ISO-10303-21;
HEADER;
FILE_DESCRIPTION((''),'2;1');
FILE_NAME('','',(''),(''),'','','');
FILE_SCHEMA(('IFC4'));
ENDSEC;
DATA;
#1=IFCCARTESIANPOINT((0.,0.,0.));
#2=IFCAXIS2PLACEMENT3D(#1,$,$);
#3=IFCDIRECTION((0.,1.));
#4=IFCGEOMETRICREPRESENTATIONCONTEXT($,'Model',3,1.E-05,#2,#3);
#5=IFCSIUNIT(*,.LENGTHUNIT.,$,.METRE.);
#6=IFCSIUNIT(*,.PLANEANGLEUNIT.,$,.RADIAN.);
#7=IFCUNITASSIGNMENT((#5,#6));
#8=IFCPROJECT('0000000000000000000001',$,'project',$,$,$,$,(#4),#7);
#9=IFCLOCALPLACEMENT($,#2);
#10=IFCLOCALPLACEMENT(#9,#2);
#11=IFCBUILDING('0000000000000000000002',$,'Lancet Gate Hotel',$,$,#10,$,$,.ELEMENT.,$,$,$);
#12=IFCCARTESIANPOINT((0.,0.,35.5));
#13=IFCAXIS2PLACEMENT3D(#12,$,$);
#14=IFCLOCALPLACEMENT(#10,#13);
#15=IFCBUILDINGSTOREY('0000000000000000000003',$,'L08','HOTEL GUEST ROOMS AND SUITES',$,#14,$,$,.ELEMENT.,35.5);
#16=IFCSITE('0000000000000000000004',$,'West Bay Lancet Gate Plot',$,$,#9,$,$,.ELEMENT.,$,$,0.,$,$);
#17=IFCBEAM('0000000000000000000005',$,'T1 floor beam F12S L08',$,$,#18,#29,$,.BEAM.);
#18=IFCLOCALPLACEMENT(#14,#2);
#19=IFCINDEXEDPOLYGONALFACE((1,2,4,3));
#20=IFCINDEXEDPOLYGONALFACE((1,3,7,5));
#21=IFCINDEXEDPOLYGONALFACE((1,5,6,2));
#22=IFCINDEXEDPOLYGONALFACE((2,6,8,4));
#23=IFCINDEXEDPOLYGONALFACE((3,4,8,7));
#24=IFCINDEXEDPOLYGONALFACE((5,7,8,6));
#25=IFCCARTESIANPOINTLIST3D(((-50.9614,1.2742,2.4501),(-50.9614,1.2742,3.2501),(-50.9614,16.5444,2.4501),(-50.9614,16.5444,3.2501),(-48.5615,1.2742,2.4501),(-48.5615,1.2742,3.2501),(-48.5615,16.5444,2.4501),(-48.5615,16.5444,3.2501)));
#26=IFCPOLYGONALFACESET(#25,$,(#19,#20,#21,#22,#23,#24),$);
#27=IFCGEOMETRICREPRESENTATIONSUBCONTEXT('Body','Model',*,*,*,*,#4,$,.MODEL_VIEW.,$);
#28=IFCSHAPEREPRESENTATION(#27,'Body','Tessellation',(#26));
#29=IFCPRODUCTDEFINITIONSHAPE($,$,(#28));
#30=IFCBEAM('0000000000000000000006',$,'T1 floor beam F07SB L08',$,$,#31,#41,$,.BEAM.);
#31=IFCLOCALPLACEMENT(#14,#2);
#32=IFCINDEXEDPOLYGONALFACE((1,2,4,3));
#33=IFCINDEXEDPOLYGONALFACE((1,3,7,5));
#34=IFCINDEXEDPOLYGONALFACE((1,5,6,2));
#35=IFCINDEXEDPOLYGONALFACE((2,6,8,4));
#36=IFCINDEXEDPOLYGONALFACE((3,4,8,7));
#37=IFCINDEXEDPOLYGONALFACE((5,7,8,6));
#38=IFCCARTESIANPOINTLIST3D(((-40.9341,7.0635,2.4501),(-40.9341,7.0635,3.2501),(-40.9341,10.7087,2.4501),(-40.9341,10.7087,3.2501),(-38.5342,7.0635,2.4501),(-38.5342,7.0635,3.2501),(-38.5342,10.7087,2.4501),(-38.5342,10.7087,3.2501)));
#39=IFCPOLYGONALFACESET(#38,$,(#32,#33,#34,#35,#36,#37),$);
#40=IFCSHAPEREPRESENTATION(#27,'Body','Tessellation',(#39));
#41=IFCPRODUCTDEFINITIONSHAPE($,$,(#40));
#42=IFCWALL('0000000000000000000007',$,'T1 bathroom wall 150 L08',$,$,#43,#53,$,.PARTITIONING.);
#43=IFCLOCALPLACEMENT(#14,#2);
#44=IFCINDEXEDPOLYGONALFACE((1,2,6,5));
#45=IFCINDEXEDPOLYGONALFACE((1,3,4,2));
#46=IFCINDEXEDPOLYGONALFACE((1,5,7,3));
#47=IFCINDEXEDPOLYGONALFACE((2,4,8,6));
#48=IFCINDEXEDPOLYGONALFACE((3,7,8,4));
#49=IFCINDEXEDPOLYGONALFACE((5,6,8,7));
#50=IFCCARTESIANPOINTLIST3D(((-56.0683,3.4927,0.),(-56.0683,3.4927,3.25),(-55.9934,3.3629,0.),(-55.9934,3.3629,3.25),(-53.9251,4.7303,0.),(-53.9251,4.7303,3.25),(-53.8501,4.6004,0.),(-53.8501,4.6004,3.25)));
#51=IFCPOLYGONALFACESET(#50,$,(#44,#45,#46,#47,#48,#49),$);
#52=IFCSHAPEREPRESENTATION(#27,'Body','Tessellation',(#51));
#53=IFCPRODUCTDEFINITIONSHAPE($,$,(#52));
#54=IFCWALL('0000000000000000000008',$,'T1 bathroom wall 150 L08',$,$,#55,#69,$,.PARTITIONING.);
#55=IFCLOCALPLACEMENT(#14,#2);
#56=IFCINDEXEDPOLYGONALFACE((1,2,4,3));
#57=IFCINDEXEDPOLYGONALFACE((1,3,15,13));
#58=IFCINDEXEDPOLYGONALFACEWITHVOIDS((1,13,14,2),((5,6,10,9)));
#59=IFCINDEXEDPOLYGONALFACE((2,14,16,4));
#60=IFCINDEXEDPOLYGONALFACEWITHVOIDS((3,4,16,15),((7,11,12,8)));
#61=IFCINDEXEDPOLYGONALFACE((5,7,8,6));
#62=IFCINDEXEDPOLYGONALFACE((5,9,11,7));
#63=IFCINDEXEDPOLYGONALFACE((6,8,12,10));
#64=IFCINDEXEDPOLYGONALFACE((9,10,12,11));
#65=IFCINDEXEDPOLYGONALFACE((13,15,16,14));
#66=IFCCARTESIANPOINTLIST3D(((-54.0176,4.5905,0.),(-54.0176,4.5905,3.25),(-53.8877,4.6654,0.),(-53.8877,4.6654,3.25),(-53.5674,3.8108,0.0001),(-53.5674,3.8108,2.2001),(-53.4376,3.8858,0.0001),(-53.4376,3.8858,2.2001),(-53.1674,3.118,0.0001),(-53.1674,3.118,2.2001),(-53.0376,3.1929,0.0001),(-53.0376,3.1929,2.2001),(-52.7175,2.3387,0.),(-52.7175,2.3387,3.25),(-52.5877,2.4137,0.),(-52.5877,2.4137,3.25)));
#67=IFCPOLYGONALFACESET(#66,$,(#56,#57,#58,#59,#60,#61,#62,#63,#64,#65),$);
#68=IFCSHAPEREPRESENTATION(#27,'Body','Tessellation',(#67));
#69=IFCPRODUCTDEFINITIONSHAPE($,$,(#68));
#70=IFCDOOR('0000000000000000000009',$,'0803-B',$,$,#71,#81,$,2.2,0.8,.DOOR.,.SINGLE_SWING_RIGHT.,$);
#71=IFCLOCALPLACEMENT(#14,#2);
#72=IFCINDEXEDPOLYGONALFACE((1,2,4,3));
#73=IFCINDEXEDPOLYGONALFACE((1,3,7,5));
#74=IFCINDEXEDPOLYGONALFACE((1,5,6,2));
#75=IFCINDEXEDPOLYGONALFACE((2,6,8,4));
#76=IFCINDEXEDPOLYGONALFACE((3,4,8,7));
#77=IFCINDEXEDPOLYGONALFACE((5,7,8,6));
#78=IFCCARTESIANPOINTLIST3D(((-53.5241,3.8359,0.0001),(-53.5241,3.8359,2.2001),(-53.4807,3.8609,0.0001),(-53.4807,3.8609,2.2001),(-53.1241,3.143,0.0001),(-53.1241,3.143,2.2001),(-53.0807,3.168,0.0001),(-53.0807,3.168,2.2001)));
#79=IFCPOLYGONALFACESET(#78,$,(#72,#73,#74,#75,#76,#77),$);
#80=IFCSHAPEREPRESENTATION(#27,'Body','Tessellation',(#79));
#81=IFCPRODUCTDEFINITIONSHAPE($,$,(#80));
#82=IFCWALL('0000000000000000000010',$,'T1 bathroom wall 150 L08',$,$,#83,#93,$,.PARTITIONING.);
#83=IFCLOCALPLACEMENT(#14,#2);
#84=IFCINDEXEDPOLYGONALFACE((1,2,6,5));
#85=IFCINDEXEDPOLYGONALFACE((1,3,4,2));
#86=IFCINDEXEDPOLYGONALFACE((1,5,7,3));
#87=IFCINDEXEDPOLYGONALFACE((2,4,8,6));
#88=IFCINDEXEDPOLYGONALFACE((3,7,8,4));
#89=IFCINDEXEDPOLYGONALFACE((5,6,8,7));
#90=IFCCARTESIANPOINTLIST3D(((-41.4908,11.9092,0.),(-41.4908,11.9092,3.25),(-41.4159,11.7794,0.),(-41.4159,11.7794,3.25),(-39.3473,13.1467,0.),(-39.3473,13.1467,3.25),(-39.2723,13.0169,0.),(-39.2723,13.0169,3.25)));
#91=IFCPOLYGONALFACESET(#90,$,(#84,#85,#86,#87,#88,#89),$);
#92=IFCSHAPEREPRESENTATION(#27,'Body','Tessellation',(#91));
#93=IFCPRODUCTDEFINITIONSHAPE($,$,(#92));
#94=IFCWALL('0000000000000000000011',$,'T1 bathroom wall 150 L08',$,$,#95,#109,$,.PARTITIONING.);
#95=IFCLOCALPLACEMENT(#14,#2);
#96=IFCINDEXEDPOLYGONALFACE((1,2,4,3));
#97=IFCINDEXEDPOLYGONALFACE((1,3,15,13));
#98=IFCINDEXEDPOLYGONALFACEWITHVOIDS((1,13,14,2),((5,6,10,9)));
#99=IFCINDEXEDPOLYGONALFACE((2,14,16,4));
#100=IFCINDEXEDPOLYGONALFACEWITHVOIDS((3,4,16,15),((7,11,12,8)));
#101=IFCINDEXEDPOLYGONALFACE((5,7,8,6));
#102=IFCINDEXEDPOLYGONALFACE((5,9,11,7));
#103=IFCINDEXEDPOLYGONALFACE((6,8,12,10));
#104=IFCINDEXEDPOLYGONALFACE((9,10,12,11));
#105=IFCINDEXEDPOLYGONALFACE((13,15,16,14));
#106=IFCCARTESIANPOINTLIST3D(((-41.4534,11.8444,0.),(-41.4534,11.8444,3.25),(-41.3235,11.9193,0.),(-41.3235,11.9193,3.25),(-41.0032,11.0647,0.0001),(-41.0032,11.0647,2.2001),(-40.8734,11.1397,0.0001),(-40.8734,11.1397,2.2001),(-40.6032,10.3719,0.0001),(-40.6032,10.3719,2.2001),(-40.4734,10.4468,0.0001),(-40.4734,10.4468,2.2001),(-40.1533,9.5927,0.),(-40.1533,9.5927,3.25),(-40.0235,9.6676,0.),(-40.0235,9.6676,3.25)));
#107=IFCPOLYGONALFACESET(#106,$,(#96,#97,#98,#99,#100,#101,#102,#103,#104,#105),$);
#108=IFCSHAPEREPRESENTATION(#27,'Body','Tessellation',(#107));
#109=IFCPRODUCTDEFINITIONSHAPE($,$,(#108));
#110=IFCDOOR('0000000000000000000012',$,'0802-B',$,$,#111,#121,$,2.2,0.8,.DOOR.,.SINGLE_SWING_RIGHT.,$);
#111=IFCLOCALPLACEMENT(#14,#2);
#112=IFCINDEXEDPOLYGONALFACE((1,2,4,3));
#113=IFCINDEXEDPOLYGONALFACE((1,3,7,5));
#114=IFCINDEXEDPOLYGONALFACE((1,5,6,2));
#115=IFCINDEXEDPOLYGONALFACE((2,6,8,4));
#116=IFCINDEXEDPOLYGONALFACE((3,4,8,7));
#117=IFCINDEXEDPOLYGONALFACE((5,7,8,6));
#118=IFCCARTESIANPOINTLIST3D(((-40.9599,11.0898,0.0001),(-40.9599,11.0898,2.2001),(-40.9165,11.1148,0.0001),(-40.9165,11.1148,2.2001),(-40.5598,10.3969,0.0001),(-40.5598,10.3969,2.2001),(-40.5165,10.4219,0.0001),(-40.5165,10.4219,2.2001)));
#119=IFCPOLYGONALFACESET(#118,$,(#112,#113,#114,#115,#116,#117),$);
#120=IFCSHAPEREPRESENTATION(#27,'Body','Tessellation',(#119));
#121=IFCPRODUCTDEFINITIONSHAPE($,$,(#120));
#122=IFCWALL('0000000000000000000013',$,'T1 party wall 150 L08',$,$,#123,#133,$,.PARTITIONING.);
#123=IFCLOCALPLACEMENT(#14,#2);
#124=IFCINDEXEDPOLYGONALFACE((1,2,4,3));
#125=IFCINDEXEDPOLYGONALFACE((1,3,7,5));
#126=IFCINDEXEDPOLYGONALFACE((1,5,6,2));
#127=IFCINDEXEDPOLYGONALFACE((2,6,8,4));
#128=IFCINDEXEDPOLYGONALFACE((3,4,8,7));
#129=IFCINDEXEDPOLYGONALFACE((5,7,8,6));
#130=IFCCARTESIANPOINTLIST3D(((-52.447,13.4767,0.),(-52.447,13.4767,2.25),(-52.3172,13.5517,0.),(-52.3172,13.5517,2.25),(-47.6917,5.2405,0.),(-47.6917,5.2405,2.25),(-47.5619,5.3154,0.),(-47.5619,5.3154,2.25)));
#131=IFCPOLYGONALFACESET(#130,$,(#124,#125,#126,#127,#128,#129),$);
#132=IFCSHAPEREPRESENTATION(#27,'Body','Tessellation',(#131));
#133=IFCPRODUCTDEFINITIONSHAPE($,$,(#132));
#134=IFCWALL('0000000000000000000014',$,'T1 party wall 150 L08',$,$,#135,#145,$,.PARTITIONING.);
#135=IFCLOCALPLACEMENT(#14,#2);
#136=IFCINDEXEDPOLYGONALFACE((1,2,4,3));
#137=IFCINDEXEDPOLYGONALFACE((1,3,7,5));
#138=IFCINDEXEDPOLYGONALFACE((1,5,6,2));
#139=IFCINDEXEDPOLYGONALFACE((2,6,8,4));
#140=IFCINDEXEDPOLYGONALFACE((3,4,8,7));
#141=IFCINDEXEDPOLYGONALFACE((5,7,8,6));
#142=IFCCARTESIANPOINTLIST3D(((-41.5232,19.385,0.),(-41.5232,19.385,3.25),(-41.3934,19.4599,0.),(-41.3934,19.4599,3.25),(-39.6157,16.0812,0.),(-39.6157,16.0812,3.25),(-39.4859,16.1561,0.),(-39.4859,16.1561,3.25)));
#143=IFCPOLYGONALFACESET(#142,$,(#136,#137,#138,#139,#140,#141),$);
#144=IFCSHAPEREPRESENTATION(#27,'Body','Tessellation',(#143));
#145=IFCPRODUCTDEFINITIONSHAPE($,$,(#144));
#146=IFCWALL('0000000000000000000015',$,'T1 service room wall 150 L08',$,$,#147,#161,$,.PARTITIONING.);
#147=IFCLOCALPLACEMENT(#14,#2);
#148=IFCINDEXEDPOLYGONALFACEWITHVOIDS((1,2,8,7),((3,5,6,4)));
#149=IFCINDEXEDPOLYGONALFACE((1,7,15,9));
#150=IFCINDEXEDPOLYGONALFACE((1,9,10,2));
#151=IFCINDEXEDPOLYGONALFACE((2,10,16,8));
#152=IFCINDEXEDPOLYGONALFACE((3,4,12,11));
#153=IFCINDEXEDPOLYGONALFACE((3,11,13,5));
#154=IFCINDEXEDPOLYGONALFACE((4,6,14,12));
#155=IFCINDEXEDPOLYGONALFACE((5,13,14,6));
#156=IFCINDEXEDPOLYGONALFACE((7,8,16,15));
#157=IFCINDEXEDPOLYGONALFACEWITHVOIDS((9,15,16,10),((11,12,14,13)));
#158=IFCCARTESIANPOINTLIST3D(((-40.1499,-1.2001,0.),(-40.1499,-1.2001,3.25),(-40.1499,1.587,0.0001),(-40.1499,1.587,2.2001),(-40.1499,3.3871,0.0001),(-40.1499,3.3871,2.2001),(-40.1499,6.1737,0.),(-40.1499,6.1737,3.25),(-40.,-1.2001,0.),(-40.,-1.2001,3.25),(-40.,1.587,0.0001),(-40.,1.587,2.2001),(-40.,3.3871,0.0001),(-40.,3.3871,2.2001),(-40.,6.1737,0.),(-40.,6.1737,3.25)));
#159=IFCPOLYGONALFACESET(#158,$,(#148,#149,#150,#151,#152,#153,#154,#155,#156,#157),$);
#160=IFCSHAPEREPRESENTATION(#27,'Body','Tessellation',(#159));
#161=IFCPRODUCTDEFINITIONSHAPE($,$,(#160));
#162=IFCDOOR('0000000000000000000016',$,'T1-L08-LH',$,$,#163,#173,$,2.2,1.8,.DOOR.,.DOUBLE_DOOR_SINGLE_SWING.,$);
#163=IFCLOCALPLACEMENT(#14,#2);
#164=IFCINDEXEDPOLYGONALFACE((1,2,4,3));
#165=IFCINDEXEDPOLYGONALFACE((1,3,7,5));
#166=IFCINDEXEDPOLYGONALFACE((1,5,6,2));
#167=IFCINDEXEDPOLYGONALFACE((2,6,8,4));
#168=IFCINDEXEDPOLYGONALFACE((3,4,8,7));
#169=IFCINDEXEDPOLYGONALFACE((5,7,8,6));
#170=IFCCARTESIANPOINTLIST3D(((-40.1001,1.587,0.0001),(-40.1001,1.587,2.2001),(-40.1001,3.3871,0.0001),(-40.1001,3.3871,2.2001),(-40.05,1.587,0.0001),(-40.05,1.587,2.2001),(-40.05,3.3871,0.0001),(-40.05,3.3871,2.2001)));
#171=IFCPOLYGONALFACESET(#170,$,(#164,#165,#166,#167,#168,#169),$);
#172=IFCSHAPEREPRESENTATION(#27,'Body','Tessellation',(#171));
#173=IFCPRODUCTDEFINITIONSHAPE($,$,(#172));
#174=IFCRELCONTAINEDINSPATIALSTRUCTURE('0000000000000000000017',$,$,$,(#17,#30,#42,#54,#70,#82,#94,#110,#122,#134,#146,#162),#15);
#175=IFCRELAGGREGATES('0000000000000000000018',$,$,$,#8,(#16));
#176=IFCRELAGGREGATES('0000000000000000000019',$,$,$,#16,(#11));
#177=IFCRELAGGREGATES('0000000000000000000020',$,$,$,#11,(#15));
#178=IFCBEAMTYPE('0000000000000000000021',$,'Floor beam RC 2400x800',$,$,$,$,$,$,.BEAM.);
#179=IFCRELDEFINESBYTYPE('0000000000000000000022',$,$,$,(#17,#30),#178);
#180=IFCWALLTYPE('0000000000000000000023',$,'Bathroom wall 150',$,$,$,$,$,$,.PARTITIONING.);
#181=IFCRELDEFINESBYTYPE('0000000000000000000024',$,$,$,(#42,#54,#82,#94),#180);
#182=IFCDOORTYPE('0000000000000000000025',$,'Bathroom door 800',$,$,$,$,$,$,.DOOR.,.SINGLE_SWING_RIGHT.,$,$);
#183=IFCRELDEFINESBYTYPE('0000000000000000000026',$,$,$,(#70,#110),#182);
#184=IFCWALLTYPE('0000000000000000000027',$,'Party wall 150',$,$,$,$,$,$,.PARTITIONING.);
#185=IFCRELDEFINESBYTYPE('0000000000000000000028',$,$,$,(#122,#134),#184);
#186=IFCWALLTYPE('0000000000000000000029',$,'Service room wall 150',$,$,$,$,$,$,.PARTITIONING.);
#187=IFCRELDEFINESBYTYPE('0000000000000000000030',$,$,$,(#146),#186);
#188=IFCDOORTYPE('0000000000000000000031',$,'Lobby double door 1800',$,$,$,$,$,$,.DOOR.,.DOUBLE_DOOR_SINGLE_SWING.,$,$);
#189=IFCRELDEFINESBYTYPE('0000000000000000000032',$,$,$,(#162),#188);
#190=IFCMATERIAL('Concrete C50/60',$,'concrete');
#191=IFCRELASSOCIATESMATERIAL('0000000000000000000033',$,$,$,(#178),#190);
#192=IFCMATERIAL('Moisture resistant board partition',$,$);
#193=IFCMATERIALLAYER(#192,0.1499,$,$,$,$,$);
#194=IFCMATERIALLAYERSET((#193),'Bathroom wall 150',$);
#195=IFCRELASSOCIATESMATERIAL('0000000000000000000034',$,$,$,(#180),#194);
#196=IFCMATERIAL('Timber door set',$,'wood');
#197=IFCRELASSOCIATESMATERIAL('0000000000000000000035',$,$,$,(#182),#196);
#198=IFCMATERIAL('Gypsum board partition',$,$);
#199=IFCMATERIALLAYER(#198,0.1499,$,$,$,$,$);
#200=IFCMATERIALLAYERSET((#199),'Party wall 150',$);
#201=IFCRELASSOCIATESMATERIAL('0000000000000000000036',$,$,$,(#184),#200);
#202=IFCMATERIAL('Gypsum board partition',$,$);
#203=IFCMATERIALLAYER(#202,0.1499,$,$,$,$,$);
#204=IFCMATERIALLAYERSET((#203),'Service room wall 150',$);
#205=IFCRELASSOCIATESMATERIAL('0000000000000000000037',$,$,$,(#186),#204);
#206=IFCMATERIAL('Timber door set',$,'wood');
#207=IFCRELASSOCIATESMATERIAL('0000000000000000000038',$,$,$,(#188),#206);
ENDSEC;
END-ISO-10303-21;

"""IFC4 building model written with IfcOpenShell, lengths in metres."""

from ifc_helpers import new_model, si_unit, direction, frame, frame_2d, origin, origin_2d, place, context, subcontext, project, spatial, rectangle, extrude, material, layer, layer_set, material_profile, profile_set, type_object, element, fill, save


model = new_model("IFC4")

# Units and contexts
model_context = context("Model", 3, precision=1e-05, world=origin(), true_north=direction((0.0, 1.0)))
body_context = subcontext(model_context, "Body", "Model", "MODEL_VIEW")
ifc_project = project(units=[si_unit("LENGTHUNIT", "METRE"), si_unit("PLANEANGLEUNIT", "RADIAN")], contexts=[model_context])

# Site, building, storey
site_placement = place(None, origin())
site = spatial("IfcSite", under=ifc_project, at=site_placement, Name="West Bay Lancet Gate Plot", CompositionType="ELEMENT", RefElevation=0.0)
building_placement = place(site_placement, origin())
building = spatial("IfcBuilding", under=site, at=building_placement, Name="Lancet Gate Hotel", CompositionType="ELEMENT")
storey_placement = place(building_placement, frame((0.0, 0.0, 35.5)))
storey = spatial("IfcBuildingStorey", under=building, at=storey_placement, Name="L08", Description="HOTEL GUEST ROOMS AND SUITES", CompositionType="ELEMENT", Elevation=35.5)

# Beams
ifc_material_1 = material(Name="Concrete C50/60", Category="concrete")
ifc_material_profile_1 = material_profile(ifc_material_1, rectangle(XDim=2.3999, YDim=0.8, at=origin_2d()), Name="RC 2400x800")
ifc_profile_set_1 = profile_set([ifc_material_profile_1], Name="Concrete C50/60")
beam_type_1 = type_object("IfcBeamType", Name="Floor beam RC 2400x800", PredefinedType="BEAM", material=ifc_profile_set_1)
beam_1_placement = place(storey_placement, frame((-49.7615, 16.5444, 2.8501), z_axis=(0.0, -1.0, 0.0), x_axis=(1.0, 0.0, 0.0)))
element("IfcBeam", 1, at=beam_1_placement, inside=storey, type_object=beam_type_1, Name="T1 floor beam F12S L08", PredefinedType="BEAM", context=body_context, shape_type="SweptSolid", body=[
    extrude(rectangle(XDim=2.3999, YDim=0.8, at=origin_2d()), origin(), (0.0, 0.0, 1.0), 15.2703),
])
beam_2_placement = place(storey_placement, frame((-39.7341, 10.7087, 2.8501), z_axis=(0.0, -1.0, 0.0), x_axis=(1.0, 0.0, 0.0)))
element("IfcBeam", 2, at=beam_2_placement, inside=storey, type_object=beam_type_1, Name="T1 floor beam F07SB L08", PredefinedType="BEAM", context=body_context, shape_type="SweptSolid", body=[
    extrude(rectangle(XDim=2.3999, YDim=0.8, at=origin_2d()), origin(), (0.0, 0.0, 1.0), 3.6453),
])

# Wall
ifc_material_2 = material(Name="Moisture resistant board partition")
ifc_layer_1 = layer(ifc_material_2, 0.1499)
ifc_layer_set_1 = layer_set([ifc_layer_1], Name="Bathroom wall 150")
wall_type_1 = type_object("IfcWallType", Name="Bathroom wall 150", PredefinedType="PARTITIONING", material=ifc_layer_set_1)
wall_1_placement = place(storey_placement, frame((-53.8877, 4.6653, 0.0), z_axis=(0.0, 0.0, 1.0), x_axis=(-0.866007, -0.500033, 0.0)))
element("IfcWall", 3, at=wall_1_placement, inside=storey, type_object=wall_type_1, Name="T1 bathroom wall 150 L08", PredefinedType="PARTITIONING", context=body_context, shape_type="SweptSolid", body=[
    extrude(rectangle(XDim=2.4749, YDim=0.1499, at=frame_2d((1.2373, 0.0))), origin(), (0.0, 0.0, 1.0), 3.25),
])

# Wall, opening, door
wall_2_placement = place(storey_placement, frame((-52.6526, 2.3762, 0.0), z_axis=(0.0, 0.0, 1.0), x_axis=(-0.500007, 0.866021, 0.0)))
wall_2 = element("IfcWall", 4, at=wall_2_placement, inside=storey, type_object=wall_type_1, Name="T1 bathroom wall 150 L08", PredefinedType="PARTITIONING", context=body_context, shape_type="SweptSolid", body=[
    extrude(rectangle(XDim=2.6001, YDim=0.1499, at=frame_2d((1.3, 0.0))), origin(), (0.0, 0.0, 1.0), 3.25),
])
opening_1_placement = place(wall_2_placement, frame((0.8999, 0.0, 0.0)))
opening_1 = element("IfcOpeningElement", 5, at=opening_1_placement, cuts=wall_2, PredefinedType="OPENING", context=body_context, shape_type="SweptSolid", body=[
    extrude(rectangle(XDim=0.8, YDim=2.2, at=frame_2d((0.3999, 1.1001))), frame((0.0, 0.085, 0.0), z_axis=(0.0, -1.0, 0.0), x_axis=(1.0, 0.0, 0.0)), (0.0, 0.0, 1.0), 0.1699),
])
ifc_material_3 = material(Name="Timber door set", Category="wood")
door_type_1 = type_object("IfcDoorType", Name="Bathroom door 800", OperationType="SINGLE_SWING_RIGHT", PredefinedType="DOOR", material=ifc_material_3)
door_1_placement = place(opening_1_placement, origin())
door_1 = element("IfcDoor", 6, at=door_1_placement, inside=storey, type_object=door_type_1, Name="0803-B", OperationType="SINGLE_SWING_RIGHT", OverallHeight=2.2, OverallWidth=0.8, PredefinedType="DOOR", context=body_context, shape_type="SweptSolid", body=[
    extrude(rectangle(XDim=0.8, YDim=2.2, at=frame_2d((0.3999, 1.1001))), frame((0.0, 0.0249, 0.0), z_axis=(0.0, -1.0, 0.0), x_axis=(1.0, 0.0, 0.0)), (0.0, 0.0, 1.0), 0.05),
])
fill(opening_1, door_1)

# Wall
wall_3_placement = place(storey_placement, frame((-39.3098, 13.0818, 0.0), z_axis=(0.0, 0.0, 1.0), x_axis=(-0.866031, -0.49999, 0.0)))
element("IfcWall", 7, at=wall_3_placement, inside=storey, type_object=wall_type_1, Name="T1 bathroom wall 150 L08", PredefinedType="PARTITIONING", context=body_context, shape_type="SweptSolid", body=[
    extrude(rectangle(XDim=2.4751, YDim=0.1499, at=frame_2d((1.2375, 0.0))), origin(), (0.0, 0.0, 1.0), 3.25),
])

# Wall, opening, door
wall_4_placement = place(storey_placement, frame((-40.0884, 9.6301, 0.0), z_axis=(0.0, 0.0, 1.0), x_axis=(-0.500007, 0.866021, 0.0)))
wall_4 = element("IfcWall", 8, at=wall_4_placement, inside=storey, type_object=wall_type_1, Name="T1 bathroom wall 150 L08", PredefinedType="PARTITIONING", context=body_context, shape_type="SweptSolid", body=[
    extrude(rectangle(XDim=2.6001, YDim=0.1499, at=frame_2d((1.3, 0.0))), origin(), (0.0, 0.0, 1.0), 3.25),
])
opening_2_placement = place(wall_4_placement, frame((0.8999, 0.0, 0.0)))
opening_2 = element("IfcOpeningElement", 9, at=opening_2_placement, cuts=wall_4, PredefinedType="OPENING", context=body_context, shape_type="SweptSolid", body=[
    extrude(rectangle(XDim=0.8, YDim=2.2, at=frame_2d((0.3999, 1.1001))), frame((0.0, 0.085, 0.0), z_axis=(0.0, -1.0, 0.0), x_axis=(1.0, 0.0, 0.0)), (0.0, 0.0, 1.0), 0.1699),
])
door_2_placement = place(opening_2_placement, origin())
door_2 = element("IfcDoor", 10, at=door_2_placement, inside=storey, type_object=door_type_1, Name="0802-B", OperationType="SINGLE_SWING_RIGHT", OverallHeight=2.2, OverallWidth=0.8, PredefinedType="DOOR", context=body_context, shape_type="SweptSolid", body=[
    extrude(rectangle(XDim=0.8, YDim=2.2, at=frame_2d((0.3999, 1.1001))), frame((0.0, 0.0249, 0.0), z_axis=(0.0, -1.0, 0.0), x_axis=(1.0, 0.0, 0.0)), (0.0, 0.0, 1.0), 0.05),
])
fill(opening_2, door_2)

# Walls
ifc_material_4 = material(Name="Gypsum board partition")
ifc_layer_2 = layer(ifc_material_4, 0.1499)
ifc_layer_set_2 = layer_set([ifc_layer_2], Name="Party wall 150")
wall_type_2 = type_object("IfcWallType", Name="Party wall 150", PredefinedType="PARTITIONING", material=ifc_layer_set_2)
wall_5_placement = place(storey_placement, frame((-47.6267, 5.2778, 0.0), z_axis=(0.0, 0.0, 1.0), x_axis=(-0.50001, 0.86602, 0.0)))
element("IfcWall", 11, at=wall_5_placement, inside=storey, type_object=wall_type_2, Name="T1 party wall 150 L08", PredefinedType="PARTITIONING", context=body_context, shape_type="SweptSolid", body=[
    extrude(rectangle(XDim=9.5105, YDim=0.1499, at=frame_2d((4.7554, 0.0))), origin(), (0.0, 0.0, 1.0), 2.25),
])
wall_6_placement = place(storey_placement, frame((-39.5508, 16.1187, 0.0), z_axis=(0.0, 0.0, 1.0), x_axis=(-0.500014, 0.866017, 0.0)))
element("IfcWall", 12, at=wall_6_placement, inside=storey, type_object=wall_type_2, Name="T1 party wall 150 L08", PredefinedType="PARTITIONING", context=body_context, shape_type="SweptSolid", body=[
    extrude(rectangle(XDim=3.8149, YDim=0.1499, at=frame_2d((1.9075, 0.0))), origin(), (0.0, 0.0, 1.0), 3.25),
])

# Wall, opening, door
ifc_material_5 = material(Name="Gypsum board partition")
ifc_layer_3 = layer(ifc_material_5, 0.1499)
ifc_layer_set_3 = layer_set([ifc_layer_3], Name="Service room wall 150")
wall_type_3 = type_object("IfcWallType", Name="Service room wall 150", PredefinedType="PARTITIONING", material=ifc_layer_set_3)
wall_7_placement = place(storey_placement, frame((-40.075, 6.1738, 0.0), z_axis=(0.0, 0.0, 1.0), x_axis=(0.0, -1.0, 0.0)))
wall_7 = element("IfcWall", 13, at=wall_7_placement, inside=storey, type_object=wall_type_3, Name="T1 service room wall 150 L08", PredefinedType="PARTITIONING", context=body_context, shape_type="SweptSolid", body=[
    extrude(rectangle(XDim=7.3738, YDim=0.1499, at=frame_2d((3.687, 0.0))), origin(), (0.0, 0.0, 1.0), 3.25),
])
opening_3_placement = place(wall_7_placement, frame((2.7869, 0.0, 0.0)))
opening_3 = element("IfcOpeningElement", 14, at=opening_3_placement, cuts=wall_7, PredefinedType="OPENING", context=body_context, shape_type="SweptSolid", body=[
    extrude(rectangle(XDim=1.8, YDim=2.2, at=frame_2d((0.8999, 1.1001))), frame((0.0, 0.085, 0.0), z_axis=(0.0, -1.0, 0.0), x_axis=(1.0, 0.0, 0.0)), (0.0, 0.0, 1.0), 0.1699),
])
ifc_material_6 = material(Name="Timber door set", Category="wood")
door_type_2 = type_object("IfcDoorType", Name="Lobby double door 1800", OperationType="DOUBLE_DOOR_SINGLE_SWING", PredefinedType="DOOR", material=ifc_material_6)
door_3_placement = place(opening_3_placement, origin())
door_3 = element("IfcDoor", 15, at=door_3_placement, inside=storey, type_object=door_type_2, Name="T1-L08-LH", OperationType="DOUBLE_DOOR_SINGLE_SWING", OverallHeight=2.2, OverallWidth=1.8, PredefinedType="DOOR", context=body_context, shape_type="SweptSolid", body=[
    extrude(rectangle(XDim=1.8, YDim=2.2, at=frame_2d((0.8999, 1.1001))), frame((0.0, 0.0249, 0.0), z_axis=(0.0, -1.0, 0.0), x_axis=(1.0, 0.0, 0.0)), (0.0, 0.0, 1.0), 0.05),
])
fill(opening_3, door_3)

save(model, "model.ifc")
